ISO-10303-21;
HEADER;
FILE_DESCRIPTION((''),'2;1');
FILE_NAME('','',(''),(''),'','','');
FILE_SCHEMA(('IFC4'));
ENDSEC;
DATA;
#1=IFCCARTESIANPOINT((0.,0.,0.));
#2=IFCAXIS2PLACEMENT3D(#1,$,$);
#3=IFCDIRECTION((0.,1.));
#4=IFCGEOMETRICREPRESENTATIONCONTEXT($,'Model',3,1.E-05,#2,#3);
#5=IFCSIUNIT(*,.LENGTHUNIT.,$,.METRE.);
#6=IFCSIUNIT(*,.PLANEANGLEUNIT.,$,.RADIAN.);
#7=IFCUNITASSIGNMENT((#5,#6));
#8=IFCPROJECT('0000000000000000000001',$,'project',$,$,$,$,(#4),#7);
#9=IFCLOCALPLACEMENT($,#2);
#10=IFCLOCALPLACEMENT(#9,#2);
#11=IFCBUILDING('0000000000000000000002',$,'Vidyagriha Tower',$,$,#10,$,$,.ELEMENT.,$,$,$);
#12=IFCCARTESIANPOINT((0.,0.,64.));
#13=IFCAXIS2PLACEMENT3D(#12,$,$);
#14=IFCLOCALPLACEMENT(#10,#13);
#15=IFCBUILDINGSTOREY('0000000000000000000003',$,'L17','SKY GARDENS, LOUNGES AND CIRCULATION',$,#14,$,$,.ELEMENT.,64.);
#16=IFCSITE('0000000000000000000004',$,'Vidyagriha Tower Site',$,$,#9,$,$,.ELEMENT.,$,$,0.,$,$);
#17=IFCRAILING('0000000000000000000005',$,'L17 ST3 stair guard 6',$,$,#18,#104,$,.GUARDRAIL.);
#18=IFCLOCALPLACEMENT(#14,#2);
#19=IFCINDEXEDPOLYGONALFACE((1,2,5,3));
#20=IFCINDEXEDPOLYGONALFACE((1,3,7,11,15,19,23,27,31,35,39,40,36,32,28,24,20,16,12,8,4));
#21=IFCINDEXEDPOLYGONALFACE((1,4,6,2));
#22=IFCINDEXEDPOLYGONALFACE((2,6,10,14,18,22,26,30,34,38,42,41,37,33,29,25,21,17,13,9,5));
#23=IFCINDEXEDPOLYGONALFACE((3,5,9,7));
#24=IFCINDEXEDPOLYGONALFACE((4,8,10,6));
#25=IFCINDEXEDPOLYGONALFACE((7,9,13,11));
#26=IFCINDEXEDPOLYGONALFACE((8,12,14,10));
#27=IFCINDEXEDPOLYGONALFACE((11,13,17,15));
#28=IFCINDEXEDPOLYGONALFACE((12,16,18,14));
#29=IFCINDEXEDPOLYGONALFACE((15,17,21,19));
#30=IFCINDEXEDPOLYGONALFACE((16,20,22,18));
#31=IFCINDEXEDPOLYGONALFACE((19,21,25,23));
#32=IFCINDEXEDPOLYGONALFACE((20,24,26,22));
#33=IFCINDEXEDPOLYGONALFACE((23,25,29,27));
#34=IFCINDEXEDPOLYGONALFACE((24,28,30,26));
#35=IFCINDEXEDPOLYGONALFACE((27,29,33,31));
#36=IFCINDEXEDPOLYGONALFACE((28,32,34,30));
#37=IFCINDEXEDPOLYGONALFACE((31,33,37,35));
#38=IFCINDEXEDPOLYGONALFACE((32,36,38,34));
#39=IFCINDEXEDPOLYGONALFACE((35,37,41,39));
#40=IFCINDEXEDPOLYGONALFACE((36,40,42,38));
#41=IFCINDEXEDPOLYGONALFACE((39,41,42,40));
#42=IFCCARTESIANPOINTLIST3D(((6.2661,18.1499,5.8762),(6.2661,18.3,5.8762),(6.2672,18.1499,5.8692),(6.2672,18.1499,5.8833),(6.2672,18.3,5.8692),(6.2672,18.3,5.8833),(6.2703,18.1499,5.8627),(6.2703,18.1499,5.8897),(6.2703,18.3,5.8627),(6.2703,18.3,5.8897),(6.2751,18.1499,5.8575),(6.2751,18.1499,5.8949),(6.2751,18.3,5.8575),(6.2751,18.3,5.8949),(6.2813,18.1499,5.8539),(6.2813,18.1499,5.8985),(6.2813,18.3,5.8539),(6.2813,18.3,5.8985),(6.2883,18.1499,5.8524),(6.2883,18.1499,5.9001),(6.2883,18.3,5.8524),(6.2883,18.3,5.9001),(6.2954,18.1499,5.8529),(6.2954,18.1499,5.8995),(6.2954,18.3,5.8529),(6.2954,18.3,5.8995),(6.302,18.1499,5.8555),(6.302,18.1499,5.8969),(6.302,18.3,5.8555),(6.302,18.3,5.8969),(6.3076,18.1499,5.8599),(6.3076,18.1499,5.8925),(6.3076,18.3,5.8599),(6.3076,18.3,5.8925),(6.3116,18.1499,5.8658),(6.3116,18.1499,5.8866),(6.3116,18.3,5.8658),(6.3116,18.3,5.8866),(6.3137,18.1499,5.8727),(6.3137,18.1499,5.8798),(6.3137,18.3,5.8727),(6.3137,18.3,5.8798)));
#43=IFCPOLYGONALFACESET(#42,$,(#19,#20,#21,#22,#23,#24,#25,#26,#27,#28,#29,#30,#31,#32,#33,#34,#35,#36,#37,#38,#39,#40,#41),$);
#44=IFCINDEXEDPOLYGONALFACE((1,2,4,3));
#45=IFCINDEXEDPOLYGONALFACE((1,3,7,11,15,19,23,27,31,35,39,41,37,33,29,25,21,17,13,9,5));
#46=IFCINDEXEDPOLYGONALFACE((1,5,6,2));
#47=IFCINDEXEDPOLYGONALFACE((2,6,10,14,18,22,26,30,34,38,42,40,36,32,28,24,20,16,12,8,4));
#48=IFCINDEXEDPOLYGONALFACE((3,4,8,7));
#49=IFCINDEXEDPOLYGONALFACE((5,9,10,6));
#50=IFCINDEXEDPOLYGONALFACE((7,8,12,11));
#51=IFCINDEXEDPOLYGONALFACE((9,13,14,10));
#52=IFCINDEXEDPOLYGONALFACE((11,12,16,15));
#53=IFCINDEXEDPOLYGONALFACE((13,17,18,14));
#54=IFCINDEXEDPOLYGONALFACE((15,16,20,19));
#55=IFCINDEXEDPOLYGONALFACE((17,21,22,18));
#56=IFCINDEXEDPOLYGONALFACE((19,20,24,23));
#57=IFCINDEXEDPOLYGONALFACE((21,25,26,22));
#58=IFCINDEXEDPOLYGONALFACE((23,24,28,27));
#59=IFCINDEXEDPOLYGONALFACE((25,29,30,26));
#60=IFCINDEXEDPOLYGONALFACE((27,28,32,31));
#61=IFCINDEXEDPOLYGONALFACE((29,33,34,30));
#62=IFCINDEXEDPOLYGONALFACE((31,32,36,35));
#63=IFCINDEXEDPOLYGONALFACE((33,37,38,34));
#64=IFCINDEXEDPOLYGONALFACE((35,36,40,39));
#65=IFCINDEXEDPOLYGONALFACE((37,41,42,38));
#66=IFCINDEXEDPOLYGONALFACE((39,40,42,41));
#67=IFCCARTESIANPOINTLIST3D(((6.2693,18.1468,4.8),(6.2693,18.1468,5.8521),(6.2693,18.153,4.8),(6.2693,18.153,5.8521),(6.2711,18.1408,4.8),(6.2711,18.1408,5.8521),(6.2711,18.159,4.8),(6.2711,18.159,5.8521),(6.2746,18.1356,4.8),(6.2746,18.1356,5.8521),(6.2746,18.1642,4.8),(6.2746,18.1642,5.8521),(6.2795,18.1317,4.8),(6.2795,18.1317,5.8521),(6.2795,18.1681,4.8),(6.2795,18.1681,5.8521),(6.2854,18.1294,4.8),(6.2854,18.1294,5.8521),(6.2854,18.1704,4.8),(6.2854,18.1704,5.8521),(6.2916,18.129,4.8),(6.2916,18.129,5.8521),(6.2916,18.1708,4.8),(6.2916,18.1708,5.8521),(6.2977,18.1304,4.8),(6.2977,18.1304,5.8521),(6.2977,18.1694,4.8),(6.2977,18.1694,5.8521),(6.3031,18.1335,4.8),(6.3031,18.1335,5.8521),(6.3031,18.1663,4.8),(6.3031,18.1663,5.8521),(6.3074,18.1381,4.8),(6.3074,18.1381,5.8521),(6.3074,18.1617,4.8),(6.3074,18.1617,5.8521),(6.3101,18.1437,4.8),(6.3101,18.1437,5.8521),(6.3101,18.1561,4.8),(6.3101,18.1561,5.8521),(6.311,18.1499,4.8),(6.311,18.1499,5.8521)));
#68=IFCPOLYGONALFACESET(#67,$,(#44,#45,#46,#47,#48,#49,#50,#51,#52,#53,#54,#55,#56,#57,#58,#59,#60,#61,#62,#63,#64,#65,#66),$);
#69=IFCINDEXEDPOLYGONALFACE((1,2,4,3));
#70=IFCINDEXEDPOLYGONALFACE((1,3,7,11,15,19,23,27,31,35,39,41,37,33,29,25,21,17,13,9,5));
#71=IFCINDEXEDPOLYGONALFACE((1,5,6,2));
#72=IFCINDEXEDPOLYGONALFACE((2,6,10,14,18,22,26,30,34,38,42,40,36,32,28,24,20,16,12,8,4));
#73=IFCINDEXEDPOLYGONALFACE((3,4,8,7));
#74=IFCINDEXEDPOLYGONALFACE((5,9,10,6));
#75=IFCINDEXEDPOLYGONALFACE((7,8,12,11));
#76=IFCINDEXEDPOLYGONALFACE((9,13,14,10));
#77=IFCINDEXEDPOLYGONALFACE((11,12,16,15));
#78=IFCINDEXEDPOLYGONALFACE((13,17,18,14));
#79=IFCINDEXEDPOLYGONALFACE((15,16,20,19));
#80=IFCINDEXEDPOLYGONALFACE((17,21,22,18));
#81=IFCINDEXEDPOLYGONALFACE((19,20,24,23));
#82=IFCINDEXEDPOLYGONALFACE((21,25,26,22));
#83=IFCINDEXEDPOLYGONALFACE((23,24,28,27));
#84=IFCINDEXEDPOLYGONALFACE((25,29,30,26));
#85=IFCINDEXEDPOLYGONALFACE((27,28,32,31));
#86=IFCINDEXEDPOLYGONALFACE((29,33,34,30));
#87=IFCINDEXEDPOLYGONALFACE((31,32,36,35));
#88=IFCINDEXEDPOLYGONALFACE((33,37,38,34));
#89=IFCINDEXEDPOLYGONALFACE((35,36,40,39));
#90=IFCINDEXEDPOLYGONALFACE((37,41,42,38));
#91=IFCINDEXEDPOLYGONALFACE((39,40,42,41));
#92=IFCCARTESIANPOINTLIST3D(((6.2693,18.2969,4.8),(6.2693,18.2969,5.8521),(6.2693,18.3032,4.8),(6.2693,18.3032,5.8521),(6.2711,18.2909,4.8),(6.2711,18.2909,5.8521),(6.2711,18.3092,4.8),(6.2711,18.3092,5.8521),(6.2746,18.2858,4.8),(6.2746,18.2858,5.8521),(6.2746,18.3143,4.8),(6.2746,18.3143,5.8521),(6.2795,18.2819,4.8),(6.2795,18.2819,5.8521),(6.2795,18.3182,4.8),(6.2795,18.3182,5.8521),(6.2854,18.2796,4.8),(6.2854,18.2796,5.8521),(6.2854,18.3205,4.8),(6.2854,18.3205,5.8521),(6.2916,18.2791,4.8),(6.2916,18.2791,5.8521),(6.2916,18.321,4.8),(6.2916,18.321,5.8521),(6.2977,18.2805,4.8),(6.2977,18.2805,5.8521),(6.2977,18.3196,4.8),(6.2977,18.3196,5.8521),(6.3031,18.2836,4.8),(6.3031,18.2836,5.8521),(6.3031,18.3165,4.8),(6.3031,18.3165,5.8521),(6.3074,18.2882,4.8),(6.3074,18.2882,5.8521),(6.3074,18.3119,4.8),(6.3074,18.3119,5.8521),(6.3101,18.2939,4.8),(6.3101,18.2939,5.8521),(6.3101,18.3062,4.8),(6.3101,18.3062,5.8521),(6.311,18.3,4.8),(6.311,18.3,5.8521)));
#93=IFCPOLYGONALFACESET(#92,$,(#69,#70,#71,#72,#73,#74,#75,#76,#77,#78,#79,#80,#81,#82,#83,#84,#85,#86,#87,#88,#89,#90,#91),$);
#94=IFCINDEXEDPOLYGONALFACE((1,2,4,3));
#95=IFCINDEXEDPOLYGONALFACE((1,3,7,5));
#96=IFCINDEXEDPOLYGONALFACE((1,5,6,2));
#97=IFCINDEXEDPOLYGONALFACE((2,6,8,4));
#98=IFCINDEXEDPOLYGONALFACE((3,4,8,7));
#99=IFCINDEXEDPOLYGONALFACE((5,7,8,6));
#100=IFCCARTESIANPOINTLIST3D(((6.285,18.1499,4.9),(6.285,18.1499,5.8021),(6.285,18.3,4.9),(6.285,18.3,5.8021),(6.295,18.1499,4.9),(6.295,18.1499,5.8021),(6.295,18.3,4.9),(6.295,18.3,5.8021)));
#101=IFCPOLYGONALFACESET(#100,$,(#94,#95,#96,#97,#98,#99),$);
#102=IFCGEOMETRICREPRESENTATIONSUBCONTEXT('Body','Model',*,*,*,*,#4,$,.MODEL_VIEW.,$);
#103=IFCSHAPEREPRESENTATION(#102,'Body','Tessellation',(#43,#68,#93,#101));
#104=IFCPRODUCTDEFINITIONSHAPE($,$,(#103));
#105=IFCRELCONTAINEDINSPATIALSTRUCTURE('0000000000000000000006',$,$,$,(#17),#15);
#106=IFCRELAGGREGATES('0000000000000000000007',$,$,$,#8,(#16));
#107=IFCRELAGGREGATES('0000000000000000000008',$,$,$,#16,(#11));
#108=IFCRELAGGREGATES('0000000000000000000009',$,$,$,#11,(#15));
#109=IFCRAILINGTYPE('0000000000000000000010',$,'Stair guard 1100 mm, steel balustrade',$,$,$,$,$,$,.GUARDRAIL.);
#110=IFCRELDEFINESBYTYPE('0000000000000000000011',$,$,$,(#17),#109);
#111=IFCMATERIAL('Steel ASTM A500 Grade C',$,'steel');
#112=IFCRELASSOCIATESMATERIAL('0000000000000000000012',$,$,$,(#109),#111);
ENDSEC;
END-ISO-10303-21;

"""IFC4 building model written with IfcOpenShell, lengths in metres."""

from ifc_helpers import new_model, si_unit, direction, frame, origin, origin_2d, place, context, subcontext, project, spatial, rectangle, circle, extrude, material, type_object, element, save


model = new_model("IFC4")

# Units and contexts
model_context = context("Model", 3, precision=1e-05, world=origin(), true_north=direction((0.0, 1.0)))
body_context = subcontext(model_context, "Body", "Model", "MODEL_VIEW")
ifc_project = project(units=[si_unit("LENGTHUNIT", "METRE"), si_unit("PLANEANGLEUNIT", "RADIAN")], contexts=[model_context])

# Site, building, storey
site_placement = place(None, origin())
site = spatial("IfcSite", under=ifc_project, at=site_placement, Name="Vidyagriha Tower Site", CompositionType="ELEMENT", RefElevation=0.0)
building_placement = place(site_placement, origin())
building = spatial("IfcBuilding", under=site, at=building_placement, Name="Vidyagriha Tower", CompositionType="ELEMENT")
storey_placement = place(building_placement, frame((0.0, 0.0, 64.0)))
storey = spatial("IfcBuildingStorey", under=building, at=storey_placement, Name="L17", Description="SKY GARDENS, LOUNGES AND CIRCULATION", CompositionType="ELEMENT", Elevation=64.0)

# Railing
ifc_material_1 = material(Name="Steel ASTM A500 Grade C", Category="steel")
railing_type_1 = type_object("IfcRailingType", Name="Stair guard 1100 mm, steel balustrade", PredefinedType="GUARDRAIL", material=ifc_material_1)
railing_1_placement = place(storey_placement, frame((6.29, 18.1499, 4.8)))
element("IfcRailing", 1, at=railing_1_placement, inside=storey, type_object=railing_type_1, Name="L17 ST3 stair guard 6", PredefinedType="GUARDRAIL", context=body_context, shape_type="SweptSolid", body=[
    extrude(circle(Radius=0.0239, at=origin_2d()), frame((0.0, 0.0, 1.0762), z_axis=(0.0, 1.0, 0.0), x_axis=(-1.0, 0.0, 0.0)), (0.0, 0.0, 1.0), 0.1501),
    extrude(circle(Radius=0.021, at=origin_2d()), origin(), (0.0, 0.0, 1.0), 1.052),
    extrude(circle(Radius=0.021, at=origin_2d()), frame((0.0, 0.1501, 0.0)), (0.0, 0.0, 1.0), 1.052),
    extrude(rectangle(XDim=0.01, YDim=0.9021, at=origin_2d()), frame((0.0, 0.0, 0.551), z_axis=(0.0, 1.0, 0.0), x_axis=(-1.0, 0.0, 0.0)), (0.0, 0.0, 1.0), 0.1501),
])

save(model, "model.ifc")
